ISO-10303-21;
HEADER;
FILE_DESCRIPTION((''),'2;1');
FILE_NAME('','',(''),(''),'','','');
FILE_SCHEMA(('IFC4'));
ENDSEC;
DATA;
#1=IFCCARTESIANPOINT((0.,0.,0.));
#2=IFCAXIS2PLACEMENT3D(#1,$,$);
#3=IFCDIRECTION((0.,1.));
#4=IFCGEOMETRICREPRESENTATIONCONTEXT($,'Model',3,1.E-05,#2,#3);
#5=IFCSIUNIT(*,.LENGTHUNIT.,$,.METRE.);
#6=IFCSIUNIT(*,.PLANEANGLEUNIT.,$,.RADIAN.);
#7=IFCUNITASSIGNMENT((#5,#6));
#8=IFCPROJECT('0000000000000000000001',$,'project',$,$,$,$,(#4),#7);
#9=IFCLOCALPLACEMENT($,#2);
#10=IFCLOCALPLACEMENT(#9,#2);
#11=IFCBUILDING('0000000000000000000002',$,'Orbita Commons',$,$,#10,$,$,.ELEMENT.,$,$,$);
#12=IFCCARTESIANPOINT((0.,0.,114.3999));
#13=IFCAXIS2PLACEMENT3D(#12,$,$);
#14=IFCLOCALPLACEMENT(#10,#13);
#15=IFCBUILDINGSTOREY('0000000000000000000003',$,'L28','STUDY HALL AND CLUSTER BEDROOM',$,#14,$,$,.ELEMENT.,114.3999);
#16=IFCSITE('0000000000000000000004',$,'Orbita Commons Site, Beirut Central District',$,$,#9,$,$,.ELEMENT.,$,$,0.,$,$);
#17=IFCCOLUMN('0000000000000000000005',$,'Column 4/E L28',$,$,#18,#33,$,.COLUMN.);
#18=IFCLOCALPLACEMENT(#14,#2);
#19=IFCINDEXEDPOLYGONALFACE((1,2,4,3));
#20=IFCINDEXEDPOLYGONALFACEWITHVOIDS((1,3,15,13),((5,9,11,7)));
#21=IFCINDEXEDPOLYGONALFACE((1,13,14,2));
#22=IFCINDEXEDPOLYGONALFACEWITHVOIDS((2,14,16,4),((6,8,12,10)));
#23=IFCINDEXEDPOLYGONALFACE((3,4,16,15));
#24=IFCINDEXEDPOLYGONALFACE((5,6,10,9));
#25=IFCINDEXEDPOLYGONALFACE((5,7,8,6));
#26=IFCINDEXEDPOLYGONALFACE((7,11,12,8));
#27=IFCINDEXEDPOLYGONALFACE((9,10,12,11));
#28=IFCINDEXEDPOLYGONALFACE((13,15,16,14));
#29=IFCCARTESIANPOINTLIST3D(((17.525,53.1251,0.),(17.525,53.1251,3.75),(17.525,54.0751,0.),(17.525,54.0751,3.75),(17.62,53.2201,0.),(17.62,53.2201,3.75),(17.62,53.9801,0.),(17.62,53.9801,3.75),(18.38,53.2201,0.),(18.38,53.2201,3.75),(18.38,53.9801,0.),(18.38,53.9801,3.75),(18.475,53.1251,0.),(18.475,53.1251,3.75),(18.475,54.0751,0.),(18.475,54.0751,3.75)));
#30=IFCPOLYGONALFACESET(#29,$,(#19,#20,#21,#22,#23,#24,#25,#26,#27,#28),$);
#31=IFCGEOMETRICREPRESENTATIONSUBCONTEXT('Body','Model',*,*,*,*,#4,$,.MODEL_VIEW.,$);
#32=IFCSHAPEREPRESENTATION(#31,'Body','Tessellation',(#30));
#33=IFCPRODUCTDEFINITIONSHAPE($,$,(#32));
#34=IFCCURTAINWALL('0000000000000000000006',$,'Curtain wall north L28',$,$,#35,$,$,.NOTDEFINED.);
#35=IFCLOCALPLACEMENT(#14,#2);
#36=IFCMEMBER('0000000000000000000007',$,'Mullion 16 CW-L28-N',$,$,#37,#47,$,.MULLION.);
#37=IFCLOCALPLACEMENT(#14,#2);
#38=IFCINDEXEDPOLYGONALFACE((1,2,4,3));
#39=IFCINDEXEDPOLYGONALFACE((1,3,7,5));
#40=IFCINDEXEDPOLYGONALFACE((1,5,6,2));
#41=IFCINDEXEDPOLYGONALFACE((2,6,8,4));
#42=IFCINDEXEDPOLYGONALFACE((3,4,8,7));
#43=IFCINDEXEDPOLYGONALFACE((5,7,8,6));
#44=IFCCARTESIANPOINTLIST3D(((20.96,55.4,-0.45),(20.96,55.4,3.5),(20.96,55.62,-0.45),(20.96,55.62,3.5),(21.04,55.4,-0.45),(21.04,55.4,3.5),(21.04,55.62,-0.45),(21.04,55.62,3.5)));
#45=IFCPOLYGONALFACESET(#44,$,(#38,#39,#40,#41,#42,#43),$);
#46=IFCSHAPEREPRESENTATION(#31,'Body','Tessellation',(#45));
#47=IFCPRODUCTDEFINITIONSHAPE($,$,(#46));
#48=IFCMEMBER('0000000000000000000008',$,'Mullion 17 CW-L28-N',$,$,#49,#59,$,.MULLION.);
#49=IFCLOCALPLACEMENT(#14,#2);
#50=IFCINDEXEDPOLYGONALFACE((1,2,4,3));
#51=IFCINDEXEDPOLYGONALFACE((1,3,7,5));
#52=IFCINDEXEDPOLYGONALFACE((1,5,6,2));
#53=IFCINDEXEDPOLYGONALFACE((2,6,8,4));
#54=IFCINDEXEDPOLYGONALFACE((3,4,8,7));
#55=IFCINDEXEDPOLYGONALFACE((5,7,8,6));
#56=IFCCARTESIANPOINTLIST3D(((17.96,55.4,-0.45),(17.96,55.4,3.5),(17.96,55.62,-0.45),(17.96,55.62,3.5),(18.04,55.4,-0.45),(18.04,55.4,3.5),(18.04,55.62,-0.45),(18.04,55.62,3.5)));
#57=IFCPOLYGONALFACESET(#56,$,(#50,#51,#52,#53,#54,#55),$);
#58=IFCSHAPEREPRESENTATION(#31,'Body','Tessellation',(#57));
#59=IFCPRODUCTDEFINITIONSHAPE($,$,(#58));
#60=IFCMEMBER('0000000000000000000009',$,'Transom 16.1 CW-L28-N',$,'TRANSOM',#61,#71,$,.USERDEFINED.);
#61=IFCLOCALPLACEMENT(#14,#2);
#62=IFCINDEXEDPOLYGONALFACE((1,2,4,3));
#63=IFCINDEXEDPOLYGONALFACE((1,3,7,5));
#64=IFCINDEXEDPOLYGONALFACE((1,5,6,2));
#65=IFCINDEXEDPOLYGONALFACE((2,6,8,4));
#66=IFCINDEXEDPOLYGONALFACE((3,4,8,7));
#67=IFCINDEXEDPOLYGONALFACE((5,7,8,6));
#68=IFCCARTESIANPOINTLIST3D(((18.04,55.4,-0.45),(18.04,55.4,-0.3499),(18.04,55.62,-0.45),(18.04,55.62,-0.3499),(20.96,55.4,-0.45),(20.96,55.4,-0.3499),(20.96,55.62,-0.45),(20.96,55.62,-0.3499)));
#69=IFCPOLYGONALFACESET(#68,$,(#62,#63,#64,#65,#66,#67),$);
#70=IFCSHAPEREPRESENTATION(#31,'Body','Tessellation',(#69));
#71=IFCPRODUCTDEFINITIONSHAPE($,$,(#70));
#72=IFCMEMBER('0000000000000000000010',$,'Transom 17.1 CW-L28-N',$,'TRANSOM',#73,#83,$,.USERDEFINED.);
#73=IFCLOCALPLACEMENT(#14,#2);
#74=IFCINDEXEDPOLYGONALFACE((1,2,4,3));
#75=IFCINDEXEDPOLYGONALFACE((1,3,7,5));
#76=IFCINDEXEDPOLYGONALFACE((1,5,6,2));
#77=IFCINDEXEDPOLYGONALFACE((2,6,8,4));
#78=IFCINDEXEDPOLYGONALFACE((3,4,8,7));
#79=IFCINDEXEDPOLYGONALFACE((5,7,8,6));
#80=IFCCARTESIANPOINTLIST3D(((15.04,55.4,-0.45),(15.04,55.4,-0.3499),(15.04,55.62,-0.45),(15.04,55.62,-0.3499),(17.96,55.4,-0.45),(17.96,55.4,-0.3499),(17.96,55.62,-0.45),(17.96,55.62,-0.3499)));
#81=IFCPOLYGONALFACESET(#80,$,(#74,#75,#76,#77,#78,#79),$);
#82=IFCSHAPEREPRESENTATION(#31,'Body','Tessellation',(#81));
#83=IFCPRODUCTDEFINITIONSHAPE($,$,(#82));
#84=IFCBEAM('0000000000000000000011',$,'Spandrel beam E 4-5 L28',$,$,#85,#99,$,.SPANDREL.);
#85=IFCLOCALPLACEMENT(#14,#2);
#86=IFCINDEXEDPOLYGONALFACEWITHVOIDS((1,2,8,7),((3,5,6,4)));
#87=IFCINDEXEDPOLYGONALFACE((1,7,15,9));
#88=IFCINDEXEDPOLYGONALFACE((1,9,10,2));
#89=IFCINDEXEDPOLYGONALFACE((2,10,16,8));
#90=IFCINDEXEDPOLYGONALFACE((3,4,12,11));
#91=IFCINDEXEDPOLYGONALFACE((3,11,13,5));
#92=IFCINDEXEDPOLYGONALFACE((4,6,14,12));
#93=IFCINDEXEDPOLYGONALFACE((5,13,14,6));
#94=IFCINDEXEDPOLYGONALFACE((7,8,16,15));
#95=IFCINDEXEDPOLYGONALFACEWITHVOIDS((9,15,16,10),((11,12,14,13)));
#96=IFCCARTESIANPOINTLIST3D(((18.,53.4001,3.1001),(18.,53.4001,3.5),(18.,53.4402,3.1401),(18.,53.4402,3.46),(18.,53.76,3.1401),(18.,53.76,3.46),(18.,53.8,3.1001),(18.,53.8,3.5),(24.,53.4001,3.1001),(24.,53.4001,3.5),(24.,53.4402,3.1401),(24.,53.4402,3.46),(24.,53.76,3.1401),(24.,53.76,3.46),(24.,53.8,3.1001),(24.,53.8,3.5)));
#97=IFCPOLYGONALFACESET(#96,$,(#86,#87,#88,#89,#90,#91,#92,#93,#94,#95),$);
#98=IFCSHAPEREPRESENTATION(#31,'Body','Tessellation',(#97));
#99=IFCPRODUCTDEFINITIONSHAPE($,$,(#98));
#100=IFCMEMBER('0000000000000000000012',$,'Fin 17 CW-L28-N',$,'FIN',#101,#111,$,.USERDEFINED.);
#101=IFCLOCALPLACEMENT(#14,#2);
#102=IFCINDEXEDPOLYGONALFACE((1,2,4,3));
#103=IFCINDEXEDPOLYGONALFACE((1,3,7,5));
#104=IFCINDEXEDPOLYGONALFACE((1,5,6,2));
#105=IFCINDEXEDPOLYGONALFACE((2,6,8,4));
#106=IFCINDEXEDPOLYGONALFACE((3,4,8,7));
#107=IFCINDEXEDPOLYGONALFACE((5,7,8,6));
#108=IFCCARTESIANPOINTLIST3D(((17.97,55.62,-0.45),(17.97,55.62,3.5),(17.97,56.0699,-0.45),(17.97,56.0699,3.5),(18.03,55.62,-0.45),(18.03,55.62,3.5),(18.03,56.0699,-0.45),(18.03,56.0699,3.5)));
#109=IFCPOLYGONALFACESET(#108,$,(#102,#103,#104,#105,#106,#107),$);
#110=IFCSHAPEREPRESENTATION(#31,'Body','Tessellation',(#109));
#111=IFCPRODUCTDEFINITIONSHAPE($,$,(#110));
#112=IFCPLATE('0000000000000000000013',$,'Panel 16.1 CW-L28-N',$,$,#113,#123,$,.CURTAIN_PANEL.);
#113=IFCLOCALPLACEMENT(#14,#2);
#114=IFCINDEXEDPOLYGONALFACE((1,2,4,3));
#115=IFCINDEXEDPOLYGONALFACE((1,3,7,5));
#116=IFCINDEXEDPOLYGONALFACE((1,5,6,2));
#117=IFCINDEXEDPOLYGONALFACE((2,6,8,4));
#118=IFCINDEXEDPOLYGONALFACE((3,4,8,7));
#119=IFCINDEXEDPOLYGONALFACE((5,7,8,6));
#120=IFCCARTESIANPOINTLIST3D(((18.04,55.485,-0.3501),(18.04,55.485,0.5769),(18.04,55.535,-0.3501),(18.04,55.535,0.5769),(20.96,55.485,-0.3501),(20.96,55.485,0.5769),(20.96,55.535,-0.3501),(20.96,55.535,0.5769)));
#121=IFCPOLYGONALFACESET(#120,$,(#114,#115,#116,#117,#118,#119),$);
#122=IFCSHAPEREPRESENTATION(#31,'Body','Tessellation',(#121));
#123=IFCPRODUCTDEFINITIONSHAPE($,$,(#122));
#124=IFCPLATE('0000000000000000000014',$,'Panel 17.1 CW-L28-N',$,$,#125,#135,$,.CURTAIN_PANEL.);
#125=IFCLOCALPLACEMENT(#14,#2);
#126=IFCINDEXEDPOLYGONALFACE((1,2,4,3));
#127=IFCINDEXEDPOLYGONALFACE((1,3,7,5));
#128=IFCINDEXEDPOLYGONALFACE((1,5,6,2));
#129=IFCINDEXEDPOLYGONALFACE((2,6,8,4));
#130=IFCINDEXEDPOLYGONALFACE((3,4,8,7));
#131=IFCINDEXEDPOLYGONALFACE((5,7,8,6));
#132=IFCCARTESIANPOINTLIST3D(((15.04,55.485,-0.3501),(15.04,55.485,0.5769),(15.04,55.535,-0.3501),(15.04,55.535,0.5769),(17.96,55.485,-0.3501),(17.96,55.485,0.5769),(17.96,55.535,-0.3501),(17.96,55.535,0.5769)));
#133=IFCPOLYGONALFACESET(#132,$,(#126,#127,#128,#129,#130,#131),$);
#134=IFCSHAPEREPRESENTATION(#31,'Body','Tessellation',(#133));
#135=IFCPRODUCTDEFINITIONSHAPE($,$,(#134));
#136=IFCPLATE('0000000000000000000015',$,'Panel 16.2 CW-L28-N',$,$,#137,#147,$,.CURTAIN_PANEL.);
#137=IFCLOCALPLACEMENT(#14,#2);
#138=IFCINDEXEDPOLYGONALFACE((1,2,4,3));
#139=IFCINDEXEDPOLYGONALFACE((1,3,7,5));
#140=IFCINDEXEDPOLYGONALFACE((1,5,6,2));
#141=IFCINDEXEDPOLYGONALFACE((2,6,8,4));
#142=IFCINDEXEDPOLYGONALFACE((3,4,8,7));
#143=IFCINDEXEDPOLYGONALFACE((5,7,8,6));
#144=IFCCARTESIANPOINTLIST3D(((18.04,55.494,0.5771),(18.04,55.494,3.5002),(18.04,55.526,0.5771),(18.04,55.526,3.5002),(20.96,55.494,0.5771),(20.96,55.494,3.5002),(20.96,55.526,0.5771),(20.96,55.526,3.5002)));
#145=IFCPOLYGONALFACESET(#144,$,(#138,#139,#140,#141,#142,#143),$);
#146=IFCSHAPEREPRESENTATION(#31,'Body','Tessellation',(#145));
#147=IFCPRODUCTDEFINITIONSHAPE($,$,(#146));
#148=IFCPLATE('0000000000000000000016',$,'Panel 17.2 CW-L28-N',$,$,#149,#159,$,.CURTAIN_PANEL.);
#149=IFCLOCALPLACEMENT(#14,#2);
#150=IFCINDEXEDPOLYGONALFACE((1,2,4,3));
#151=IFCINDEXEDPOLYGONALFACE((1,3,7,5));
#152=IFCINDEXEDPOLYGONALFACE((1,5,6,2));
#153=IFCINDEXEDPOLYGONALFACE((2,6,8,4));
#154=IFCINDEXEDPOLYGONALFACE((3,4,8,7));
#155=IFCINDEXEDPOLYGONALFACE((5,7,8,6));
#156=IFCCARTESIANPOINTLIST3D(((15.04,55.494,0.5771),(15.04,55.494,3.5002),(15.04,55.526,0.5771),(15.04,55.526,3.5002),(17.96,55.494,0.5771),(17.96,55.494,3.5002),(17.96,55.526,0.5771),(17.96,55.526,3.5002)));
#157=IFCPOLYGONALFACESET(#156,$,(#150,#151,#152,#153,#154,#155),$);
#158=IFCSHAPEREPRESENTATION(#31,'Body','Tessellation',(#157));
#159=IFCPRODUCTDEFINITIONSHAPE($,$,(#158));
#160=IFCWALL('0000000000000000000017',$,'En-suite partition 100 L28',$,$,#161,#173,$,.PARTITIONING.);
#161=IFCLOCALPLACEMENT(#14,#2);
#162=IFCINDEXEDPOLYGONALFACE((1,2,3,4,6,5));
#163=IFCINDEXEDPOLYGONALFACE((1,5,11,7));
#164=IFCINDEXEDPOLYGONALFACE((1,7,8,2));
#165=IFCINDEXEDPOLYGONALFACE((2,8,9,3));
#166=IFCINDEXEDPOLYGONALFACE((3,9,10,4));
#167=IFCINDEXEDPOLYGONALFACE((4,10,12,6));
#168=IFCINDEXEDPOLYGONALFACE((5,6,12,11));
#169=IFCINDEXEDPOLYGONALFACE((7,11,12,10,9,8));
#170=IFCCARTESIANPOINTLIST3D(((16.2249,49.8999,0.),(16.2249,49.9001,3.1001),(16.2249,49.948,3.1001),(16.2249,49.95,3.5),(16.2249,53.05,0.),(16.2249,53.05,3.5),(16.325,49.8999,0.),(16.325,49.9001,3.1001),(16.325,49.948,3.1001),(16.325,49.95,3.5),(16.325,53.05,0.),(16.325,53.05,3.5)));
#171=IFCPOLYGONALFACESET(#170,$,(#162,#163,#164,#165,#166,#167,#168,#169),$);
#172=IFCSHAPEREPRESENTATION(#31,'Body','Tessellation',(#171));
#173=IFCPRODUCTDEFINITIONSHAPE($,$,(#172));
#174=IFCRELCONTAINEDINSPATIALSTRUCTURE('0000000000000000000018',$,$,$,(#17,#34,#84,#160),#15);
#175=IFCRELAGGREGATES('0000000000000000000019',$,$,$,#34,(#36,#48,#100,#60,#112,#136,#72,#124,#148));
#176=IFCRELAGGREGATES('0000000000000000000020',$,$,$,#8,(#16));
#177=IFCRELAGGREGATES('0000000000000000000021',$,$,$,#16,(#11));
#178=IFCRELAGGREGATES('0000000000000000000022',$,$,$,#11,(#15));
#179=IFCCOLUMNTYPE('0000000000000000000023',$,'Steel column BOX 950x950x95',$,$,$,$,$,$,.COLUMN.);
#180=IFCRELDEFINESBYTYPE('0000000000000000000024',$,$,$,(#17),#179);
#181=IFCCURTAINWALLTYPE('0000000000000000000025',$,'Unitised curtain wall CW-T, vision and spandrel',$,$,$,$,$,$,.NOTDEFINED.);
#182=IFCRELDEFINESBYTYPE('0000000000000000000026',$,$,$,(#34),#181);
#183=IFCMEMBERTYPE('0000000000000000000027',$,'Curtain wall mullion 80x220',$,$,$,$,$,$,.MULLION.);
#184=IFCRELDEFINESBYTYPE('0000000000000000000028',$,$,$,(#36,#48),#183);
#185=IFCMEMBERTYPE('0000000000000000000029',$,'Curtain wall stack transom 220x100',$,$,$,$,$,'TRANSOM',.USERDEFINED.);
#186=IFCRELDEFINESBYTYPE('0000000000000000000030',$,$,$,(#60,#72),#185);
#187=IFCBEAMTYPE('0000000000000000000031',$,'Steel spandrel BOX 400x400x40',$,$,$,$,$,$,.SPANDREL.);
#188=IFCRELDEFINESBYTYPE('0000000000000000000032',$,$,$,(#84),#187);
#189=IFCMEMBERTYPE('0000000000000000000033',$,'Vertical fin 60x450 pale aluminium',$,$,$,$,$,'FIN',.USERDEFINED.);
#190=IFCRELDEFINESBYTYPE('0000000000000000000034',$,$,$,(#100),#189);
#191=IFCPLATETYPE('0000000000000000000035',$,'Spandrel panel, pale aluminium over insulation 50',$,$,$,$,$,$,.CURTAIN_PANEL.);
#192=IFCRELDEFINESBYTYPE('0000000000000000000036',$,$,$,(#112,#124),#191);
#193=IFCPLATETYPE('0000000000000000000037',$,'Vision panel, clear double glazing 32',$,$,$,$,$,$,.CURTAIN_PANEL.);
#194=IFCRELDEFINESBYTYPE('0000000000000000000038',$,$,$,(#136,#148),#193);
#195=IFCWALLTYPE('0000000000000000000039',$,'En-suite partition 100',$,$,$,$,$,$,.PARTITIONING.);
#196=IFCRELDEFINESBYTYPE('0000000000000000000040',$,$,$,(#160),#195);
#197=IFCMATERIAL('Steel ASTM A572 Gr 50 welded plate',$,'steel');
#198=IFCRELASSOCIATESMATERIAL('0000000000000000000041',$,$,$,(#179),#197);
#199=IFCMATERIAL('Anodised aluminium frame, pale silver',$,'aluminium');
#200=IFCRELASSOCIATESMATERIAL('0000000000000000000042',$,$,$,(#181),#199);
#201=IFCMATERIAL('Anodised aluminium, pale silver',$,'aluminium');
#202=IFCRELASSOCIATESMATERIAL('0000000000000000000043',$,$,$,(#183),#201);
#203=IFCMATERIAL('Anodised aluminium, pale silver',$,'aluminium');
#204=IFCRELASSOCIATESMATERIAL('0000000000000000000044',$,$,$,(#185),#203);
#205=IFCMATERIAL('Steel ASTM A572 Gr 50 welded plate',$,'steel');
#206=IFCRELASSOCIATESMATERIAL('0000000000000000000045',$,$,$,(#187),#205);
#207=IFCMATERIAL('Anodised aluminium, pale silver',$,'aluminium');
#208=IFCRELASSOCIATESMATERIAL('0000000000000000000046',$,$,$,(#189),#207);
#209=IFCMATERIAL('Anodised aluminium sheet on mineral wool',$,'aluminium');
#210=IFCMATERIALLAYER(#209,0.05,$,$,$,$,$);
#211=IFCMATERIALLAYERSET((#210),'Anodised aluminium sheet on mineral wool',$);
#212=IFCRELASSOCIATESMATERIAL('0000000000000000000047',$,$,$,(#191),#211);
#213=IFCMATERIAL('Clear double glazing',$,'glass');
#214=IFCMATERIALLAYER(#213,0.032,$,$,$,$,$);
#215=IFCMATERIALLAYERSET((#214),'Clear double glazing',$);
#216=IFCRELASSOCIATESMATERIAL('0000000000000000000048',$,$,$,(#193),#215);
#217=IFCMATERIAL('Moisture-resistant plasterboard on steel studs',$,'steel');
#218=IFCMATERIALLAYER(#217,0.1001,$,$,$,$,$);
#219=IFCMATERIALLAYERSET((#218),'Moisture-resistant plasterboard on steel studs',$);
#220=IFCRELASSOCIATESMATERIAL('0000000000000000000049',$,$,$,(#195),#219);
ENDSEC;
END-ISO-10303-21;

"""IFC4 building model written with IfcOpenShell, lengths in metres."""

from ifc_helpers import new_model, si_unit, direction, frame, origin, origin_2d, place, context, subcontext, project, spatial, polyline, rectangle, hollow_rectangle, outline, extrude, material, layer, layer_set, material_profile, profile_set, type_object, element, aggregate, save


model = new_model("IFC4")

# Units and contexts
model_context = context("Model", 3, precision=1e-05, world=origin(), true_north=direction((0.0, 1.0)))
body_context = subcontext(model_context, "Body", "Model", "MODEL_VIEW")
ifc_project = project(units=[si_unit("LENGTHUNIT", "METRE"), si_unit("PLANEANGLEUNIT", "RADIAN")], contexts=[model_context])

# Site, building, storey
site_placement = place(None, origin())
site = spatial("IfcSite", under=ifc_project, at=site_placement, Name="Orbita Commons Site, Beirut Central District", CompositionType="ELEMENT", RefElevation=0.0)
building_placement = place(site_placement, origin())
building = spatial("IfcBuilding", under=site, at=building_placement, Name="Orbita Commons", CompositionType="ELEMENT")
storey_placement = place(building_placement, frame((0.0, 0.0, 114.3999)))
storey = spatial("IfcBuildingStorey", under=building, at=storey_placement, Name="L28", Description="STUDY HALL AND CLUSTER BEDROOM", CompositionType="ELEMENT", Elevation=114.3999)

# Column
ifc_material_1 = material(Name="Steel ASTM A572 Gr 50 welded plate", Category="steel")
ifc_material_profile_1 = material_profile(ifc_material_1, hollow_rectangle(XDim=0.95, YDim=0.95, WallThickness=0.095, at=origin_2d()), Name="BOX 950x950x95")
ifc_profile_set_1 = profile_set([ifc_material_profile_1], Name="Steel ASTM A572 Gr 50 welded plate")
column_type = type_object("IfcColumnType", Name="Steel column BOX 950x950x95", PredefinedType="COLUMN", material=ifc_profile_set_1)
column_placement = place(storey_placement, frame((18.0, 53.6001, 0.0), z_axis=(0.0, 0.0, 1.0), x_axis=(1.0, 0.0, 0.0)))
element("IfcColumn", 1, at=column_placement, inside=storey, type_object=column_type, Name="Column 4/E L28", PredefinedType="COLUMN", context=body_context, shape_type="SweptSolid", body=[
    extrude(hollow_rectangle(XDim=0.95, YDim=0.95, WallThickness=0.095, at=origin_2d()), origin(), (0.0, 0.0, 1.0), 3.75),
])

# Curtain wall, members
ifc_material_2 = material(Name="Anodised aluminium frame, pale silver", Category="aluminium")
curtain_wall_type = type_object("IfcCurtainWallType", Name="Unitised curtain wall CW-T, vision and spandrel", PredefinedType="NOTDEFINED", material=ifc_material_2)
curtain_wall_placement = place(storey_placement, origin())
curtain_wall = element("IfcCurtainWall", 2, at=curtain_wall_placement, inside=storey, type_object=curtain_wall_type, Name="Curtain wall north L28", PredefinedType="NOTDEFINED")
ifc_material_3 = material(Name="Anodised aluminium, pale silver", Category="aluminium")
ifc_material_profile_2 = material_profile(ifc_material_3, rectangle(XDim=0.0801, YDim=0.22, at=origin_2d()), Name="AL 80x220")
ifc_profile_set_2 = profile_set([ifc_material_profile_2], Name="Anodised aluminium, pale silver")
member_type_1 = type_object("IfcMemberType", Name="Curtain wall mullion 80x220", PredefinedType="MULLION", material=ifc_profile_set_2)
member_1_placement = place(storey_placement, frame((21.0, 55.51, -0.45), z_axis=(0.0, 0.0, 1.0), x_axis=(-1.0, 0.0, 0.0)))
member_1 = element("IfcMember", 3, at=member_1_placement, type_object=member_type_1, Name="Mullion 16 CW-L28-N", PredefinedType="MULLION", context=body_context, shape_type="SweptSolid", body=[
    extrude(rectangle(XDim=0.0801, YDim=0.22, at=origin_2d()), origin(), (0.0, 0.0, 1.0), 3.95),
])
member_2_placement = place(storey_placement, frame((18.0, 55.51, -0.45), z_axis=(0.0, 0.0, 1.0), x_axis=(-1.0, 0.0, 0.0)))
member_2 = element("IfcMember", 4, at=member_2_placement, type_object=member_type_1, Name="Mullion 17 CW-L28-N", PredefinedType="MULLION", context=body_context, shape_type="SweptSolid", body=[
    extrude(rectangle(XDim=0.0801, YDim=0.22, at=origin_2d()), origin(), (0.0, 0.0, 1.0), 3.95),
])
ifc_material_4 = material(Name="Anodised aluminium, pale silver", Category="aluminium")
ifc_material_profile_3 = material_profile(ifc_material_4, rectangle(XDim=0.22, YDim=0.1001, at=origin_2d()), Name="AL 220x100")
ifc_profile_set_3 = profile_set([ifc_material_profile_3], Name="Anodised aluminium, pale silver")
member_type_2 = type_object("IfcMemberType", Name="Curtain wall stack transom 220x100", ElementType="TRANSOM", PredefinedType="USERDEFINED", material=ifc_profile_set_3)
member_3_placement = place(storey_placement, frame((20.96, 55.51, -0.3999), z_axis=(-1.0, 0.0, 0.0), x_axis=(0.0, -1.0, 0.0)))
member_3 = element("IfcMember", 5, at=member_3_placement, type_object=member_type_2, Name="Transom 16.1 CW-L28-N", ObjectType="TRANSOM", PredefinedType="USERDEFINED", context=body_context, shape_type="SweptSolid", body=[
    extrude(rectangle(XDim=0.22, YDim=0.1001, at=origin_2d()), origin(), (0.0, 0.0, 1.0), 2.9199),
])
member_4_placement = place(storey_placement, frame((17.96, 55.51, -0.3999), z_axis=(-1.0, 0.0, 0.0), x_axis=(0.0, -1.0, 0.0)))
member_4 = element("IfcMember", 6, at=member_4_placement, type_object=member_type_2, Name="Transom 17.1 CW-L28-N", ObjectType="TRANSOM", PredefinedType="USERDEFINED", context=body_context, shape_type="SweptSolid", body=[
    extrude(rectangle(XDim=0.22, YDim=0.1001, at=origin_2d()), origin(), (0.0, 0.0, 1.0), 2.9199),
])

# Beam
ifc_material_5 = material(Name="Steel ASTM A572 Gr 50 welded plate", Category="steel")
ifc_material_profile_4 = material_profile(ifc_material_5, hollow_rectangle(XDim=0.3999, YDim=0.3999, WallThickness=0.04, at=origin_2d()), Name="BOX 400x400x40")
ifc_profile_set_4 = profile_set([ifc_material_profile_4], Name="Steel ASTM A572 Gr 50 welded plate")
beam_type = type_object("IfcBeamType", Name="Steel spandrel BOX 400x400x40", PredefinedType="SPANDREL", material=ifc_profile_set_4)
beam_placement = place(storey_placement, frame((18.0, 53.6001, 3.3), z_axis=(1.0, 0.0, 0.0), x_axis=(0.0, 1.0, 0.0)))
element("IfcBeam", 7, at=beam_placement, inside=storey, type_object=beam_type, Name="Spandrel beam E 4-5 L28", PredefinedType="SPANDREL", context=body_context, shape_type="SweptSolid", body=[
    extrude(hollow_rectangle(XDim=0.3999, YDim=0.3999, WallThickness=0.04, at=origin_2d()), origin(), (0.0, 0.0, 1.0), 6.0),
])

# Member
ifc_material_6 = material(Name="Anodised aluminium, pale silver", Category="aluminium")
ifc_material_profile_5 = material_profile(ifc_material_6, rectangle(XDim=0.0601, YDim=0.45, at=origin_2d()), Name="FIN 60x450")
ifc_profile_set_5 = profile_set([ifc_material_profile_5], Name="Anodised aluminium, pale silver")
member_type_3 = type_object("IfcMemberType", Name="Vertical fin 60x450 pale aluminium", ElementType="FIN", PredefinedType="USERDEFINED", material=ifc_profile_set_5)
member_5_placement = place(storey_placement, frame((18.0, 55.845, -0.45), z_axis=(0.0, 0.0, 1.0), x_axis=(-1.0, 0.0, 0.0)))
member_5 = element("IfcMember", 8, at=member_5_placement, type_object=member_type_3, Name="Fin 17 CW-L28-N", ObjectType="FIN", PredefinedType="USERDEFINED", context=body_context, shape_type="SweptSolid", body=[
    extrude(rectangle(XDim=0.0601, YDim=0.45, at=origin_2d()), origin(), (0.0, 0.0, 1.0), 3.95),
])

# Plates
ifc_material_7 = material(Name="Anodised aluminium sheet on mineral wool", Category="aluminium")
ifc_layer_1 = layer(ifc_material_7, 0.05)
ifc_layer_set_1 = layer_set([ifc_layer_1], Name="Anodised aluminium sheet on mineral wool")
plate_type_1 = type_object("IfcPlateType", Name="Spandrel panel, pale aluminium over insulation 50", PredefinedType="CURTAIN_PANEL", material=ifc_layer_set_1)
plate_1_placement = place(storey_placement, frame((19.5, 55.51, -0.3501), z_axis=(0.0, 0.0, 1.0), x_axis=(-1.0, 0.0, 0.0)))
plate_1 = element("IfcPlate", 9, at=plate_1_placement, type_object=plate_type_1, Name="Panel 16.1 CW-L28-N", PredefinedType="CURTAIN_PANEL", context=body_context, shape_type="SweptSolid", body=[
    extrude(rectangle(XDim=2.9199, YDim=0.05, at=origin_2d()), origin(), (0.0, 0.0, 1.0), 0.927),
])
plate_2_placement = place(storey_placement, frame((16.5, 55.51, -0.3501), z_axis=(0.0, 0.0, 1.0), x_axis=(-1.0, 0.0, 0.0)))
plate_2 = element("IfcPlate", 10, at=plate_2_placement, type_object=plate_type_1, Name="Panel 17.1 CW-L28-N", PredefinedType="CURTAIN_PANEL", context=body_context, shape_type="SweptSolid", body=[
    extrude(rectangle(XDim=2.9199, YDim=0.05, at=origin_2d()), origin(), (0.0, 0.0, 1.0), 0.927),
])
ifc_material_8 = material(Name="Clear double glazing", Category="glass")
ifc_layer_2 = layer(ifc_material_8, 0.032)
ifc_layer_set_2 = layer_set([ifc_layer_2], Name="Clear double glazing")
plate_type_2 = type_object("IfcPlateType", Name="Vision panel, clear double glazing 32", PredefinedType="CURTAIN_PANEL", material=ifc_layer_set_2)
plate_3_placement = place(storey_placement, frame((19.5, 55.51, 0.5771), z_axis=(0.0, 0.0, 1.0), x_axis=(-1.0, 0.0, 0.0)))
plate_3 = element("IfcPlate", 11, at=plate_3_placement, type_object=plate_type_2, Name="Panel 16.2 CW-L28-N", PredefinedType="CURTAIN_PANEL", context=body_context, shape_type="SweptSolid", body=[
    extrude(rectangle(XDim=2.9199, YDim=0.032, at=origin_2d()), origin(), (0.0, 0.0, 1.0), 2.9231),
])
plate_4_placement = place(storey_placement, frame((16.5, 55.51, 0.5771), z_axis=(0.0, 0.0, 1.0), x_axis=(-1.0, 0.0, 0.0)))
plate_4 = element("IfcPlate", 12, at=plate_4_placement, type_object=plate_type_2, Name="Panel 17.2 CW-L28-N", PredefinedType="CURTAIN_PANEL", context=body_context, shape_type="SweptSolid", body=[
    extrude(rectangle(XDim=2.9199, YDim=0.032, at=origin_2d()), origin(), (0.0, 0.0, 1.0), 2.9231),
])
aggregate(curtain_wall, [member_1, member_2, member_5, member_3, plate_1, plate_3, member_4, plate_2, plate_4])

# Wall
ifc_material_9 = material(Name="Moisture-resistant plasterboard on steel studs", Category="steel")
ifc_layer_3 = layer(ifc_material_9, 0.1001)
ifc_layer_set_3 = layer_set([ifc_layer_3], Name="Moisture-resistant plasterboard on steel studs")
wall_type_1 = type_object("IfcWallType", Name="En-suite partition 100", PredefinedType="PARTITIONING", material=ifc_layer_set_3)
wall_1_placement = place(storey_placement, frame((16.2749, 53.05, 0.0), z_axis=(0.0, 0.0, 1.0), x_axis=(0.0, -1.0, 0.0)))
element("IfcWall", 13, at=wall_1_placement, inside=storey, type_object=wall_type_1, Name="En-suite partition 100 L28", PredefinedType="PARTITIONING", context=body_context, shape_type="SweptSolid", body=[
    extrude(outline(polyline([(0.0, 0.0), (3.1501, 0.0), (3.1499, 3.1001), (3.1021, 3.1001), (3.1001, 3.5), (0.0, 3.5), (0.0, 0.0)])), frame((0.0, 0.05, 0.0), z_axis=(0.0, -1.0, 0.0), x_axis=(1.0, 0.0, 0.0)), (0.0, 0.0, 1.0), 0.1001),
])

save(model, "model.ifc")
